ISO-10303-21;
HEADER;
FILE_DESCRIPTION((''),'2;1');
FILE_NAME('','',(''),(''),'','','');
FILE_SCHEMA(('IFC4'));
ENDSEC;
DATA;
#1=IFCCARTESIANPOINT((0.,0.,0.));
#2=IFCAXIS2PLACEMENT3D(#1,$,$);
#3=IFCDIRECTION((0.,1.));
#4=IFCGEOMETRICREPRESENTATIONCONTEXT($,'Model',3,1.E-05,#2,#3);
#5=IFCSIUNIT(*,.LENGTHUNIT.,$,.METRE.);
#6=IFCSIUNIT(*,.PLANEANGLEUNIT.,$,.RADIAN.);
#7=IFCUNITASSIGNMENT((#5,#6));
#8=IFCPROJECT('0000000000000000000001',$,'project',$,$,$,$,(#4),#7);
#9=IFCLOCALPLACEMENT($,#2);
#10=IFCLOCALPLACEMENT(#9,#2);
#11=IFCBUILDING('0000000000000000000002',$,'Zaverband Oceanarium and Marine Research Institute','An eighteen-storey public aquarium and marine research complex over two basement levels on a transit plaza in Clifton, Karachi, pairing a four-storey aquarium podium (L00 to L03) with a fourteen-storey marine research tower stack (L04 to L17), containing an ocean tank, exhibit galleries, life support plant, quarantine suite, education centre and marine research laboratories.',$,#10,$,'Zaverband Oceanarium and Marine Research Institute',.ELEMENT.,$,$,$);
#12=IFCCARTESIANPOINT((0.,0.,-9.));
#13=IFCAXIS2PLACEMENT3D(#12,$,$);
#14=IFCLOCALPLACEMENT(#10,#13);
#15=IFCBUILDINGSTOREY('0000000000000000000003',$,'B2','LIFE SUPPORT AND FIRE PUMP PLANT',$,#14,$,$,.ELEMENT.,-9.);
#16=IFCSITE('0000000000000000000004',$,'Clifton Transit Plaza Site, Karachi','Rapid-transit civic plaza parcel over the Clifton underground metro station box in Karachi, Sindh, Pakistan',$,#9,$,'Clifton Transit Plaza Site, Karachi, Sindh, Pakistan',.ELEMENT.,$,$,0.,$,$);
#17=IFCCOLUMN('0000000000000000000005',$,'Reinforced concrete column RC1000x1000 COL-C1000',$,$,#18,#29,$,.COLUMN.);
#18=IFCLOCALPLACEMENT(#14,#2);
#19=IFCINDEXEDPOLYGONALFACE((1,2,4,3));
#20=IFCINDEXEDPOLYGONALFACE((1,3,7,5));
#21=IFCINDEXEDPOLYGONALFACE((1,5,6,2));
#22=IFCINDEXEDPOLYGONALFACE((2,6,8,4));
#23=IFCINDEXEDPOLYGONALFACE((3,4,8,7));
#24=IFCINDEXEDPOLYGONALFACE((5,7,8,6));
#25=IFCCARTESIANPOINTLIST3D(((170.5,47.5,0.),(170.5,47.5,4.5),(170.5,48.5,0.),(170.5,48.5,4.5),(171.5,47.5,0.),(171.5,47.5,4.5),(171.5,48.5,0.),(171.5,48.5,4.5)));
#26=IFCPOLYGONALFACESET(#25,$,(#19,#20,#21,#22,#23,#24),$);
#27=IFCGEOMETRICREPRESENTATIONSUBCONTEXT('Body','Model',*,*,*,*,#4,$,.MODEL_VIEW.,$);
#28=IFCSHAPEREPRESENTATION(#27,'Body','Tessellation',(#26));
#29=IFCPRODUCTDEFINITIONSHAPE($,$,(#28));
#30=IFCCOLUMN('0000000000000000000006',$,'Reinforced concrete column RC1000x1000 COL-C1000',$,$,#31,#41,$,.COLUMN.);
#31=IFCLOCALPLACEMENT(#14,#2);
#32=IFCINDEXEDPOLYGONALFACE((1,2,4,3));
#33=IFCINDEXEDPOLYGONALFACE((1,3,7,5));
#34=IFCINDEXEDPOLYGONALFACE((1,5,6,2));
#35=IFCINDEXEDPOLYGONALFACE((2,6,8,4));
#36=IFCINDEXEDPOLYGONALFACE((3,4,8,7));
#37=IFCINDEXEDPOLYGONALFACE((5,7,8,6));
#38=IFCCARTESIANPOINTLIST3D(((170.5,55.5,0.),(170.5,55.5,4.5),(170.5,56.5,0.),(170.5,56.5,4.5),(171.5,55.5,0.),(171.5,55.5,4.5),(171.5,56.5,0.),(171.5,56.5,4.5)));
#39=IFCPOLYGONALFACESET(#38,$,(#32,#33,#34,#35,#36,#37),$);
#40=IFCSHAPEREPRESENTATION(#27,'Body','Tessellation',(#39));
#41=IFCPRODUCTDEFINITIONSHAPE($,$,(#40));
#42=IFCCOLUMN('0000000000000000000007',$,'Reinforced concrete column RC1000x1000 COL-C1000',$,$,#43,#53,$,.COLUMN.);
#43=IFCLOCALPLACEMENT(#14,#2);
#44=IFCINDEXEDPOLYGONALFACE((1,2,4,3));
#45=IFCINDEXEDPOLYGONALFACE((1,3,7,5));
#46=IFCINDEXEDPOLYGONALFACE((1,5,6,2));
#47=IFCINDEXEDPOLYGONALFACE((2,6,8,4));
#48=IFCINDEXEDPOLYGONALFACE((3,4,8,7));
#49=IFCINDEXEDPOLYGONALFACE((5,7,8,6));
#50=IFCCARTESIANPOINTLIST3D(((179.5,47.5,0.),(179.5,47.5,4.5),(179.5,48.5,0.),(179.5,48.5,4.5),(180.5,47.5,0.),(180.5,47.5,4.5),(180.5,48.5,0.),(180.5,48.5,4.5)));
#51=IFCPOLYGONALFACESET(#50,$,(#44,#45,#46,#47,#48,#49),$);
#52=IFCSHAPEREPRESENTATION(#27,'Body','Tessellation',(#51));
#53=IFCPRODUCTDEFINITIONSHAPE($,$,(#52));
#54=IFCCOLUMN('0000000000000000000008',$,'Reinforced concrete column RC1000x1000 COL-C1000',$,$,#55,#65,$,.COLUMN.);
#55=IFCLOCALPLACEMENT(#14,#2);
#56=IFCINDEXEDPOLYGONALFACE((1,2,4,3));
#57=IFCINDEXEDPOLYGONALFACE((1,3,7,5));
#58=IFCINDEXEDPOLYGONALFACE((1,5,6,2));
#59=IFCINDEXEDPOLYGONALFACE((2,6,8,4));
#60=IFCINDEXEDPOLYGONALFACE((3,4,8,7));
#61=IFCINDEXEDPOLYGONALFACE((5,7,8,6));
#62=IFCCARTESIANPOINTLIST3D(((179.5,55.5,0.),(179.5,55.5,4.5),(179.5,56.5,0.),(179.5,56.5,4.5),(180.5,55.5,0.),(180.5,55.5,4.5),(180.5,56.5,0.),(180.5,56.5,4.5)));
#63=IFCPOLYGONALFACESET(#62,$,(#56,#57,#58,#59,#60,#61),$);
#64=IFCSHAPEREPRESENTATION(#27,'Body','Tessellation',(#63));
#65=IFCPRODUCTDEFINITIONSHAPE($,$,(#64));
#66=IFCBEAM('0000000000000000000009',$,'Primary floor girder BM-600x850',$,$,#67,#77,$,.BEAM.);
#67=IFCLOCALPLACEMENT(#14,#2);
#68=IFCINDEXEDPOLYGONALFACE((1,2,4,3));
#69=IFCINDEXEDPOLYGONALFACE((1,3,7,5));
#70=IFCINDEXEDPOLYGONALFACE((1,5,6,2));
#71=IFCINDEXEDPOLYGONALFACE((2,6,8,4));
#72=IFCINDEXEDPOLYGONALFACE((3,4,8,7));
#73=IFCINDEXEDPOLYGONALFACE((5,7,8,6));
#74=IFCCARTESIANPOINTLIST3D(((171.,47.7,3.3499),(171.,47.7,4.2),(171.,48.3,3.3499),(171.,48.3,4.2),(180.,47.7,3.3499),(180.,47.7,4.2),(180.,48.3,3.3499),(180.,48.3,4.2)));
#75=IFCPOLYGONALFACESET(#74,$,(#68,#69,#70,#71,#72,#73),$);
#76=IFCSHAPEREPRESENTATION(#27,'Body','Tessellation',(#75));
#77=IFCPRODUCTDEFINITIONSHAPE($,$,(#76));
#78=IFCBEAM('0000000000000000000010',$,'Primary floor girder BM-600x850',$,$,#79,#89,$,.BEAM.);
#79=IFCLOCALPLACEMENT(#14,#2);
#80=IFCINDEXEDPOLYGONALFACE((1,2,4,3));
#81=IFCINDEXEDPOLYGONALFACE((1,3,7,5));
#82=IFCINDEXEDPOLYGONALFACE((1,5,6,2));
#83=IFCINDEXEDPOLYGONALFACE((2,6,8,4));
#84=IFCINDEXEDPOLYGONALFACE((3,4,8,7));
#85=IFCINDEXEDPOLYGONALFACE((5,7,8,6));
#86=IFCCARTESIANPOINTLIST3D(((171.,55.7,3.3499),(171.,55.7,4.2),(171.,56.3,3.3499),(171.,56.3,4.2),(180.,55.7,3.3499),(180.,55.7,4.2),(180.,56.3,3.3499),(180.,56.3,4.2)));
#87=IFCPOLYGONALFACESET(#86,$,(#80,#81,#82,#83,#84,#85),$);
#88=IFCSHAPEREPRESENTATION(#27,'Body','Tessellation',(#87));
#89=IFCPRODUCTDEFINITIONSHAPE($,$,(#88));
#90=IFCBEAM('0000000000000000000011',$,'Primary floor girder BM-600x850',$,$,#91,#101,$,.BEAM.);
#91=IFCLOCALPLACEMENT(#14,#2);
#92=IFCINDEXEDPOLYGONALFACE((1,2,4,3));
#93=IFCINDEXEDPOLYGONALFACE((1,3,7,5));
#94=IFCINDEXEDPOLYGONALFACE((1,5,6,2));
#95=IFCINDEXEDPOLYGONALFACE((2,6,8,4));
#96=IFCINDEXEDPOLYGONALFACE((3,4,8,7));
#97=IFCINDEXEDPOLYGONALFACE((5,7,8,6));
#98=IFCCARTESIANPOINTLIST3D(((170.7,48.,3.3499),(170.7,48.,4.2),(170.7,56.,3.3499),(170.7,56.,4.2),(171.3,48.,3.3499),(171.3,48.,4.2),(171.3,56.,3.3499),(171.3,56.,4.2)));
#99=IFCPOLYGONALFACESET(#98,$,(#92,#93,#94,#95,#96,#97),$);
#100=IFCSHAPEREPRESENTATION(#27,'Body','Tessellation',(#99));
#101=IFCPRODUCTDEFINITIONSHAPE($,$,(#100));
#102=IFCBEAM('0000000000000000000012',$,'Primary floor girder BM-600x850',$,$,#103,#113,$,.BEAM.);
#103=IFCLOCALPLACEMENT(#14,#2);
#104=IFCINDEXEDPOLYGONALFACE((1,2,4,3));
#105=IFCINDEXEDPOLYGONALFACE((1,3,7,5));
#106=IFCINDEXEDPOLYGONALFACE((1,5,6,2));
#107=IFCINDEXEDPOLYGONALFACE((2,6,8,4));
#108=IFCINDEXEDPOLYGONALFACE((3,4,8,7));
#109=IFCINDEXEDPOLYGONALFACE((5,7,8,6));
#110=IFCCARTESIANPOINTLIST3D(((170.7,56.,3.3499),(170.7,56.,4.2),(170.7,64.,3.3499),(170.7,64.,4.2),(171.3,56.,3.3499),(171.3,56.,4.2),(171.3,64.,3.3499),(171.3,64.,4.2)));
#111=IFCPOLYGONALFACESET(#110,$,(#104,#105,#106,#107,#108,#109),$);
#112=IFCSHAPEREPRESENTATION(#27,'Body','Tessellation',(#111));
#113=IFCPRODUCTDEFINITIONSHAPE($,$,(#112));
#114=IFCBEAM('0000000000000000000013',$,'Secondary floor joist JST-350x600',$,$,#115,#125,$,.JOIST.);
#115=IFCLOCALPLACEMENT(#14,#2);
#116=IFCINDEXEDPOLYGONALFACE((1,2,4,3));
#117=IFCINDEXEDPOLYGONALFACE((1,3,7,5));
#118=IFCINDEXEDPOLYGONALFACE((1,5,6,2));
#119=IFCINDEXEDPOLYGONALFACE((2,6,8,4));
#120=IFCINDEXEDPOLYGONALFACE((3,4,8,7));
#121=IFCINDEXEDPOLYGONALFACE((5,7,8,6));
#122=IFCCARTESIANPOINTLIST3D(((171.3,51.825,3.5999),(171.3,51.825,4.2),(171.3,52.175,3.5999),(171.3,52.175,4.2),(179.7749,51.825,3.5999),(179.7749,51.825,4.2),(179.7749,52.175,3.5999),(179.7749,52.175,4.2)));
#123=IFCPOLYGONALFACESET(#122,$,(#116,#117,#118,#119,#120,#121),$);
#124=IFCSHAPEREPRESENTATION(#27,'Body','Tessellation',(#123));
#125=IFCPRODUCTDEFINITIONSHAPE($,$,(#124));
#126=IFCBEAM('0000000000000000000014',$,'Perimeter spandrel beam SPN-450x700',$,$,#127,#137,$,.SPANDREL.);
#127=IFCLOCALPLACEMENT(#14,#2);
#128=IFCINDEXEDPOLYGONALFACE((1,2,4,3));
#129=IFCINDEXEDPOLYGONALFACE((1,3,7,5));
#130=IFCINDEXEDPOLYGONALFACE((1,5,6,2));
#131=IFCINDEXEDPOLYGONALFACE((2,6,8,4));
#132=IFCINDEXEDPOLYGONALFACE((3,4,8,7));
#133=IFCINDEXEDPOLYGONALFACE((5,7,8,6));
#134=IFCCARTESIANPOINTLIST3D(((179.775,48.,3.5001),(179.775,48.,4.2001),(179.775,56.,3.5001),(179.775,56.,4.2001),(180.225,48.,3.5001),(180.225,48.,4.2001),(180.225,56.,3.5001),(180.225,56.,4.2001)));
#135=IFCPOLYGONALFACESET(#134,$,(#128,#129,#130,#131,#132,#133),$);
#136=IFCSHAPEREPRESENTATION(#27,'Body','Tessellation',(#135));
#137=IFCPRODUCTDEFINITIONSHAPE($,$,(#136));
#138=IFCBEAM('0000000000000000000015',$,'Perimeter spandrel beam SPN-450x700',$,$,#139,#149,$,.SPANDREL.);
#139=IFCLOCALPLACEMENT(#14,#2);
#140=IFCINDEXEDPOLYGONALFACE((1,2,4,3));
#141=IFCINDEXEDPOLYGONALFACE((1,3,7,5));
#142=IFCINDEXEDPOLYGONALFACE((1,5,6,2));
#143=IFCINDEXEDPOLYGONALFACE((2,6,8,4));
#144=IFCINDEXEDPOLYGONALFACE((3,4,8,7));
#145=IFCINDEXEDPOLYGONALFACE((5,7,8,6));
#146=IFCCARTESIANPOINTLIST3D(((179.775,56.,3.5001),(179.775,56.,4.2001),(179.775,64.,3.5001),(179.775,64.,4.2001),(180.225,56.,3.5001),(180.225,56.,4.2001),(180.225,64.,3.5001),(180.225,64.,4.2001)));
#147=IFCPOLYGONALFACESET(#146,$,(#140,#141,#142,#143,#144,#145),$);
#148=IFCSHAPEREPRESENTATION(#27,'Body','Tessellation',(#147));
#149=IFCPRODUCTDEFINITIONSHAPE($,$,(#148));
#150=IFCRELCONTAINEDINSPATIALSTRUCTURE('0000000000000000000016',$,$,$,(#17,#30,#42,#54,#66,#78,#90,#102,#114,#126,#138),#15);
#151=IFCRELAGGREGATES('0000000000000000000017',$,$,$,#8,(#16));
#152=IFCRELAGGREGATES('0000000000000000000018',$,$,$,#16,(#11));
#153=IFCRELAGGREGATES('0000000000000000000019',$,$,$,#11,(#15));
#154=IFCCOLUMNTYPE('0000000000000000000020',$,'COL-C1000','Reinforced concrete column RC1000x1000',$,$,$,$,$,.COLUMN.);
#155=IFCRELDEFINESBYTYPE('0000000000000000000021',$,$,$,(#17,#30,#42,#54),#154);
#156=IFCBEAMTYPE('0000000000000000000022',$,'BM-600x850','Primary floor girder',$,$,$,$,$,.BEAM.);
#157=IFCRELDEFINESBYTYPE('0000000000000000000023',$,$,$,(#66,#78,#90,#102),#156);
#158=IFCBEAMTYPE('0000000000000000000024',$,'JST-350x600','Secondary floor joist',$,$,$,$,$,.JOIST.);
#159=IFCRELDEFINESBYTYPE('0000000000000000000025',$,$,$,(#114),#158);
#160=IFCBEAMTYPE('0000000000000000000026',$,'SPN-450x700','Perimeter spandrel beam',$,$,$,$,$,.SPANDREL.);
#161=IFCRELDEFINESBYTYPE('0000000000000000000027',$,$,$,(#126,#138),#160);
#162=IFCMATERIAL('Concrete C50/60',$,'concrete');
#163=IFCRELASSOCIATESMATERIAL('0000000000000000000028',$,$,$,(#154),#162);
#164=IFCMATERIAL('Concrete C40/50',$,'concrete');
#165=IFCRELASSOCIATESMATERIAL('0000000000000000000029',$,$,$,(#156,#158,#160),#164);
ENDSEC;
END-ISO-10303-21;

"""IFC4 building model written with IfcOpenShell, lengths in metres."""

from ifc_helpers import new_model, si_unit, direction, frame, origin, origin_2d, place, context, subcontext, project, spatial, rectangle, extrude, material, material_profile, profile_set, type_object, element, save


model = new_model("IFC4")

# Units and contexts
model_context = context("Model", 3, precision=1e-05, world=origin(), true_north=direction((0.0, 1.0)))
body_context = subcontext(model_context, "Body", "Model", "MODEL_VIEW")
ifc_project = project(units=[si_unit("LENGTHUNIT", "METRE"), si_unit("PLANEANGLEUNIT", "RADIAN")], contexts=[model_context])

# Site, building, storey
site_placement = place(None, origin())
site = spatial("IfcSite", under=ifc_project, at=site_placement, Name="Clifton Transit Plaza Site, Karachi", Description="Rapid-transit civic plaza parcel over the Clifton underground metro station box in Karachi, Sindh, Pakistan", LongName="Clifton Transit Plaza Site, Karachi, Sindh, Pakistan", CompositionType="ELEMENT", RefElevation=0.0)
building_placement = place(site_placement, origin())
building = spatial("IfcBuilding", under=site, at=building_placement, Name="Zaverband Oceanarium and Marine Research Institute", Description="An eighteen-storey public aquarium and marine research complex over two basement levels on a transit plaza in Clifton, Karachi, pairing a four-storey aquarium podium (L00 to L03) with a fourteen-storey marine research tower stack (L04 to L17), containing an ocean tank, exhibit galleries, life support plant, quarantine suite, education centre and marine research laboratories.", LongName="Zaverband Oceanarium and Marine Research Institute", CompositionType="ELEMENT")
storey_placement = place(building_placement, frame((0.0, 0.0, -9.0)))
storey = spatial("IfcBuildingStorey", under=building, at=storey_placement, Name="B2", Description="LIFE SUPPORT AND FIRE PUMP PLANT", CompositionType="ELEMENT", Elevation=-9.0)

# Shared definitions
ifc_material_1 = material(Name="Concrete C50/60", Category="concrete")

# Columns
ifc_material_profile_1 = material_profile(ifc_material_1, rectangle(XDim=1.0, YDim=1.0, at=origin_2d()), Name="RC1000x1000")
ifc_profile_set_1 = profile_set([ifc_material_profile_1], Name="Concrete C50/60")
column_type = type_object("IfcColumnType", Name="COL-C1000", Description="Reinforced concrete column RC1000x1000", PredefinedType="COLUMN", material=ifc_profile_set_1)
for number, where, z_axis, x_axis, name in (
    (1, (171.0, 48.0, 0.0), (0.0, 0.0, 1.0), (1.0, 0.0, 0.0), "Reinforced concrete column RC1000x1000 COL-C1000"),
    (2, (171.0, 56.0, 0.0), (0.0, 0.0, 1.0), (1.0, 0.0, 0.0), "Reinforced concrete column RC1000x1000 COL-C1000"),
    (3, (180.0, 48.0, 0.0), (0.0, 0.0, 1.0), (1.0, 0.0, 0.0), "Reinforced concrete column RC1000x1000 COL-C1000"),
    (4, (180.0, 56.0, 0.0), (0.0, 0.0, 1.0), (1.0, 0.0, 0.0), "Reinforced concrete column RC1000x1000 COL-C1000"),
):
    element("IfcColumn", number, at=place(storey_placement, frame(where, z_axis=z_axis, x_axis=x_axis)), inside=storey, type_object=column_type, Name=name, PredefinedType="COLUMN", context=body_context, shape_type="SweptSolid", body=[
        extrude(rectangle(XDim=1.0, YDim=1.0, at=origin_2d()), origin(), (0.0, 0.0, 1.0), 4.5),
    ])

# Beams
ifc_material_2 = material(Name="Concrete C40/50", Category="concrete")
ifc_material_profile_2 = material_profile(ifc_material_2, rectangle(XDim=0.6001, YDim=0.8501, at=origin_2d()), Name="RC600x850")
ifc_profile_set_2 = profile_set([ifc_material_profile_2], Name="Concrete C40/50")
beam_type_1 = type_object("IfcBeamType", Name="BM-600x850", Description="Primary floor girder", PredefinedType="BEAM", material=ifc_profile_set_2)
for number, where, z_axis, x_axis, name in (
    (5, (171.0, 48.0, 3.7749), (1.0, 0.0, 0.0), (0.0, 1.0, 0.0), "Primary floor girder BM-600x850"),
    (6, (171.0, 56.0, 3.7749), (1.0, 0.0, 0.0), (0.0, 1.0, 0.0), "Primary floor girder BM-600x850"),
):
    element("IfcBeam", number, at=place(storey_placement, frame(where, z_axis=z_axis, x_axis=x_axis)), inside=storey, type_object=beam_type_1, Name=name, PredefinedType="BEAM", context=body_context, shape_type="SweptSolid", body=[
        extrude(rectangle(XDim=0.6001, YDim=0.8501, at=origin_2d()), origin(), (0.0, 0.0, 1.0), 9.0),
    ])
for number, where, z_axis, x_axis, name in (
    (7, (171.0, 48.0, 3.7749), (0.0, 1.0, 0.0), (-1.0, 0.0, 0.0), "Primary floor girder BM-600x850"),
    (8, (171.0, 56.0, 3.7749), (0.0, 1.0, 0.0), (-1.0, 0.0, 0.0), "Primary floor girder BM-600x850"),
):
    element("IfcBeam", number, at=place(storey_placement, frame(where, z_axis=z_axis, x_axis=x_axis)), inside=storey, type_object=beam_type_1, Name=name, PredefinedType="BEAM", context=body_context, shape_type="SweptSolid", body=[
        extrude(rectangle(XDim=0.6001, YDim=0.8501, at=origin_2d()), origin(), (0.0, 0.0, 1.0), 8.0),
    ])
ifc_material_profile_3 = material_profile(ifc_material_2, rectangle(XDim=0.3501, YDim=0.6001, at=origin_2d()), Name="RC350x600")
ifc_profile_set_3 = profile_set([ifc_material_profile_3], Name="Concrete C40/50")
beam_type_2 = type_object("IfcBeamType", Name="JST-350x600", Description="Secondary floor joist", PredefinedType="JOIST", material=ifc_profile_set_3)
beam_placement = place(storey_placement, frame((171.3, 52.0, 3.8999), z_axis=(1.0, 0.0, 0.0), x_axis=(0.0, 1.0, 0.0)))
element("IfcBeam", 9, at=beam_placement, inside=storey, type_object=beam_type_2, Name="Secondary floor joist JST-350x600", PredefinedType="JOIST", context=body_context, shape_type="SweptSolid", body=[
    extrude(rectangle(XDim=0.3501, YDim=0.6001, at=origin_2d()), origin(), (0.0, 0.0, 1.0), 8.4749),
])
ifc_material_profile_4 = material_profile(ifc_material_2, rectangle(XDim=0.45, YDim=0.7, at=origin_2d()), Name="RC450x700")
ifc_profile_set_4 = profile_set([ifc_material_profile_4], Name="Concrete C40/50")
beam_type_3 = type_object("IfcBeamType", Name="SPN-450x700", Description="Perimeter spandrel beam", PredefinedType="SPANDREL", material=ifc_profile_set_4)
for number, where, z_axis, x_axis, name in (
    (10, (180.0, 48.0, 3.8501), (0.0, 1.0, 0.0), (-1.0, 0.0, 0.0), "Perimeter spandrel beam SPN-450x700"),
    (11, (180.0, 56.0, 3.8501), (0.0, 1.0, 0.0), (-1.0, 0.0, 0.0), "Perimeter spandrel beam SPN-450x700"),
):
    element("IfcBeam", number, at=place(storey_placement, frame(where, z_axis=z_axis, x_axis=x_axis)), inside=storey, type_object=beam_type_3, Name=name, PredefinedType="SPANDREL", context=body_context, shape_type="SweptSolid", body=[
        extrude(rectangle(XDim=0.45, YDim=0.7, at=origin_2d()), origin(), (0.0, 0.0, 1.0), 8.0),
    ])

save(model, "model.ifc")
